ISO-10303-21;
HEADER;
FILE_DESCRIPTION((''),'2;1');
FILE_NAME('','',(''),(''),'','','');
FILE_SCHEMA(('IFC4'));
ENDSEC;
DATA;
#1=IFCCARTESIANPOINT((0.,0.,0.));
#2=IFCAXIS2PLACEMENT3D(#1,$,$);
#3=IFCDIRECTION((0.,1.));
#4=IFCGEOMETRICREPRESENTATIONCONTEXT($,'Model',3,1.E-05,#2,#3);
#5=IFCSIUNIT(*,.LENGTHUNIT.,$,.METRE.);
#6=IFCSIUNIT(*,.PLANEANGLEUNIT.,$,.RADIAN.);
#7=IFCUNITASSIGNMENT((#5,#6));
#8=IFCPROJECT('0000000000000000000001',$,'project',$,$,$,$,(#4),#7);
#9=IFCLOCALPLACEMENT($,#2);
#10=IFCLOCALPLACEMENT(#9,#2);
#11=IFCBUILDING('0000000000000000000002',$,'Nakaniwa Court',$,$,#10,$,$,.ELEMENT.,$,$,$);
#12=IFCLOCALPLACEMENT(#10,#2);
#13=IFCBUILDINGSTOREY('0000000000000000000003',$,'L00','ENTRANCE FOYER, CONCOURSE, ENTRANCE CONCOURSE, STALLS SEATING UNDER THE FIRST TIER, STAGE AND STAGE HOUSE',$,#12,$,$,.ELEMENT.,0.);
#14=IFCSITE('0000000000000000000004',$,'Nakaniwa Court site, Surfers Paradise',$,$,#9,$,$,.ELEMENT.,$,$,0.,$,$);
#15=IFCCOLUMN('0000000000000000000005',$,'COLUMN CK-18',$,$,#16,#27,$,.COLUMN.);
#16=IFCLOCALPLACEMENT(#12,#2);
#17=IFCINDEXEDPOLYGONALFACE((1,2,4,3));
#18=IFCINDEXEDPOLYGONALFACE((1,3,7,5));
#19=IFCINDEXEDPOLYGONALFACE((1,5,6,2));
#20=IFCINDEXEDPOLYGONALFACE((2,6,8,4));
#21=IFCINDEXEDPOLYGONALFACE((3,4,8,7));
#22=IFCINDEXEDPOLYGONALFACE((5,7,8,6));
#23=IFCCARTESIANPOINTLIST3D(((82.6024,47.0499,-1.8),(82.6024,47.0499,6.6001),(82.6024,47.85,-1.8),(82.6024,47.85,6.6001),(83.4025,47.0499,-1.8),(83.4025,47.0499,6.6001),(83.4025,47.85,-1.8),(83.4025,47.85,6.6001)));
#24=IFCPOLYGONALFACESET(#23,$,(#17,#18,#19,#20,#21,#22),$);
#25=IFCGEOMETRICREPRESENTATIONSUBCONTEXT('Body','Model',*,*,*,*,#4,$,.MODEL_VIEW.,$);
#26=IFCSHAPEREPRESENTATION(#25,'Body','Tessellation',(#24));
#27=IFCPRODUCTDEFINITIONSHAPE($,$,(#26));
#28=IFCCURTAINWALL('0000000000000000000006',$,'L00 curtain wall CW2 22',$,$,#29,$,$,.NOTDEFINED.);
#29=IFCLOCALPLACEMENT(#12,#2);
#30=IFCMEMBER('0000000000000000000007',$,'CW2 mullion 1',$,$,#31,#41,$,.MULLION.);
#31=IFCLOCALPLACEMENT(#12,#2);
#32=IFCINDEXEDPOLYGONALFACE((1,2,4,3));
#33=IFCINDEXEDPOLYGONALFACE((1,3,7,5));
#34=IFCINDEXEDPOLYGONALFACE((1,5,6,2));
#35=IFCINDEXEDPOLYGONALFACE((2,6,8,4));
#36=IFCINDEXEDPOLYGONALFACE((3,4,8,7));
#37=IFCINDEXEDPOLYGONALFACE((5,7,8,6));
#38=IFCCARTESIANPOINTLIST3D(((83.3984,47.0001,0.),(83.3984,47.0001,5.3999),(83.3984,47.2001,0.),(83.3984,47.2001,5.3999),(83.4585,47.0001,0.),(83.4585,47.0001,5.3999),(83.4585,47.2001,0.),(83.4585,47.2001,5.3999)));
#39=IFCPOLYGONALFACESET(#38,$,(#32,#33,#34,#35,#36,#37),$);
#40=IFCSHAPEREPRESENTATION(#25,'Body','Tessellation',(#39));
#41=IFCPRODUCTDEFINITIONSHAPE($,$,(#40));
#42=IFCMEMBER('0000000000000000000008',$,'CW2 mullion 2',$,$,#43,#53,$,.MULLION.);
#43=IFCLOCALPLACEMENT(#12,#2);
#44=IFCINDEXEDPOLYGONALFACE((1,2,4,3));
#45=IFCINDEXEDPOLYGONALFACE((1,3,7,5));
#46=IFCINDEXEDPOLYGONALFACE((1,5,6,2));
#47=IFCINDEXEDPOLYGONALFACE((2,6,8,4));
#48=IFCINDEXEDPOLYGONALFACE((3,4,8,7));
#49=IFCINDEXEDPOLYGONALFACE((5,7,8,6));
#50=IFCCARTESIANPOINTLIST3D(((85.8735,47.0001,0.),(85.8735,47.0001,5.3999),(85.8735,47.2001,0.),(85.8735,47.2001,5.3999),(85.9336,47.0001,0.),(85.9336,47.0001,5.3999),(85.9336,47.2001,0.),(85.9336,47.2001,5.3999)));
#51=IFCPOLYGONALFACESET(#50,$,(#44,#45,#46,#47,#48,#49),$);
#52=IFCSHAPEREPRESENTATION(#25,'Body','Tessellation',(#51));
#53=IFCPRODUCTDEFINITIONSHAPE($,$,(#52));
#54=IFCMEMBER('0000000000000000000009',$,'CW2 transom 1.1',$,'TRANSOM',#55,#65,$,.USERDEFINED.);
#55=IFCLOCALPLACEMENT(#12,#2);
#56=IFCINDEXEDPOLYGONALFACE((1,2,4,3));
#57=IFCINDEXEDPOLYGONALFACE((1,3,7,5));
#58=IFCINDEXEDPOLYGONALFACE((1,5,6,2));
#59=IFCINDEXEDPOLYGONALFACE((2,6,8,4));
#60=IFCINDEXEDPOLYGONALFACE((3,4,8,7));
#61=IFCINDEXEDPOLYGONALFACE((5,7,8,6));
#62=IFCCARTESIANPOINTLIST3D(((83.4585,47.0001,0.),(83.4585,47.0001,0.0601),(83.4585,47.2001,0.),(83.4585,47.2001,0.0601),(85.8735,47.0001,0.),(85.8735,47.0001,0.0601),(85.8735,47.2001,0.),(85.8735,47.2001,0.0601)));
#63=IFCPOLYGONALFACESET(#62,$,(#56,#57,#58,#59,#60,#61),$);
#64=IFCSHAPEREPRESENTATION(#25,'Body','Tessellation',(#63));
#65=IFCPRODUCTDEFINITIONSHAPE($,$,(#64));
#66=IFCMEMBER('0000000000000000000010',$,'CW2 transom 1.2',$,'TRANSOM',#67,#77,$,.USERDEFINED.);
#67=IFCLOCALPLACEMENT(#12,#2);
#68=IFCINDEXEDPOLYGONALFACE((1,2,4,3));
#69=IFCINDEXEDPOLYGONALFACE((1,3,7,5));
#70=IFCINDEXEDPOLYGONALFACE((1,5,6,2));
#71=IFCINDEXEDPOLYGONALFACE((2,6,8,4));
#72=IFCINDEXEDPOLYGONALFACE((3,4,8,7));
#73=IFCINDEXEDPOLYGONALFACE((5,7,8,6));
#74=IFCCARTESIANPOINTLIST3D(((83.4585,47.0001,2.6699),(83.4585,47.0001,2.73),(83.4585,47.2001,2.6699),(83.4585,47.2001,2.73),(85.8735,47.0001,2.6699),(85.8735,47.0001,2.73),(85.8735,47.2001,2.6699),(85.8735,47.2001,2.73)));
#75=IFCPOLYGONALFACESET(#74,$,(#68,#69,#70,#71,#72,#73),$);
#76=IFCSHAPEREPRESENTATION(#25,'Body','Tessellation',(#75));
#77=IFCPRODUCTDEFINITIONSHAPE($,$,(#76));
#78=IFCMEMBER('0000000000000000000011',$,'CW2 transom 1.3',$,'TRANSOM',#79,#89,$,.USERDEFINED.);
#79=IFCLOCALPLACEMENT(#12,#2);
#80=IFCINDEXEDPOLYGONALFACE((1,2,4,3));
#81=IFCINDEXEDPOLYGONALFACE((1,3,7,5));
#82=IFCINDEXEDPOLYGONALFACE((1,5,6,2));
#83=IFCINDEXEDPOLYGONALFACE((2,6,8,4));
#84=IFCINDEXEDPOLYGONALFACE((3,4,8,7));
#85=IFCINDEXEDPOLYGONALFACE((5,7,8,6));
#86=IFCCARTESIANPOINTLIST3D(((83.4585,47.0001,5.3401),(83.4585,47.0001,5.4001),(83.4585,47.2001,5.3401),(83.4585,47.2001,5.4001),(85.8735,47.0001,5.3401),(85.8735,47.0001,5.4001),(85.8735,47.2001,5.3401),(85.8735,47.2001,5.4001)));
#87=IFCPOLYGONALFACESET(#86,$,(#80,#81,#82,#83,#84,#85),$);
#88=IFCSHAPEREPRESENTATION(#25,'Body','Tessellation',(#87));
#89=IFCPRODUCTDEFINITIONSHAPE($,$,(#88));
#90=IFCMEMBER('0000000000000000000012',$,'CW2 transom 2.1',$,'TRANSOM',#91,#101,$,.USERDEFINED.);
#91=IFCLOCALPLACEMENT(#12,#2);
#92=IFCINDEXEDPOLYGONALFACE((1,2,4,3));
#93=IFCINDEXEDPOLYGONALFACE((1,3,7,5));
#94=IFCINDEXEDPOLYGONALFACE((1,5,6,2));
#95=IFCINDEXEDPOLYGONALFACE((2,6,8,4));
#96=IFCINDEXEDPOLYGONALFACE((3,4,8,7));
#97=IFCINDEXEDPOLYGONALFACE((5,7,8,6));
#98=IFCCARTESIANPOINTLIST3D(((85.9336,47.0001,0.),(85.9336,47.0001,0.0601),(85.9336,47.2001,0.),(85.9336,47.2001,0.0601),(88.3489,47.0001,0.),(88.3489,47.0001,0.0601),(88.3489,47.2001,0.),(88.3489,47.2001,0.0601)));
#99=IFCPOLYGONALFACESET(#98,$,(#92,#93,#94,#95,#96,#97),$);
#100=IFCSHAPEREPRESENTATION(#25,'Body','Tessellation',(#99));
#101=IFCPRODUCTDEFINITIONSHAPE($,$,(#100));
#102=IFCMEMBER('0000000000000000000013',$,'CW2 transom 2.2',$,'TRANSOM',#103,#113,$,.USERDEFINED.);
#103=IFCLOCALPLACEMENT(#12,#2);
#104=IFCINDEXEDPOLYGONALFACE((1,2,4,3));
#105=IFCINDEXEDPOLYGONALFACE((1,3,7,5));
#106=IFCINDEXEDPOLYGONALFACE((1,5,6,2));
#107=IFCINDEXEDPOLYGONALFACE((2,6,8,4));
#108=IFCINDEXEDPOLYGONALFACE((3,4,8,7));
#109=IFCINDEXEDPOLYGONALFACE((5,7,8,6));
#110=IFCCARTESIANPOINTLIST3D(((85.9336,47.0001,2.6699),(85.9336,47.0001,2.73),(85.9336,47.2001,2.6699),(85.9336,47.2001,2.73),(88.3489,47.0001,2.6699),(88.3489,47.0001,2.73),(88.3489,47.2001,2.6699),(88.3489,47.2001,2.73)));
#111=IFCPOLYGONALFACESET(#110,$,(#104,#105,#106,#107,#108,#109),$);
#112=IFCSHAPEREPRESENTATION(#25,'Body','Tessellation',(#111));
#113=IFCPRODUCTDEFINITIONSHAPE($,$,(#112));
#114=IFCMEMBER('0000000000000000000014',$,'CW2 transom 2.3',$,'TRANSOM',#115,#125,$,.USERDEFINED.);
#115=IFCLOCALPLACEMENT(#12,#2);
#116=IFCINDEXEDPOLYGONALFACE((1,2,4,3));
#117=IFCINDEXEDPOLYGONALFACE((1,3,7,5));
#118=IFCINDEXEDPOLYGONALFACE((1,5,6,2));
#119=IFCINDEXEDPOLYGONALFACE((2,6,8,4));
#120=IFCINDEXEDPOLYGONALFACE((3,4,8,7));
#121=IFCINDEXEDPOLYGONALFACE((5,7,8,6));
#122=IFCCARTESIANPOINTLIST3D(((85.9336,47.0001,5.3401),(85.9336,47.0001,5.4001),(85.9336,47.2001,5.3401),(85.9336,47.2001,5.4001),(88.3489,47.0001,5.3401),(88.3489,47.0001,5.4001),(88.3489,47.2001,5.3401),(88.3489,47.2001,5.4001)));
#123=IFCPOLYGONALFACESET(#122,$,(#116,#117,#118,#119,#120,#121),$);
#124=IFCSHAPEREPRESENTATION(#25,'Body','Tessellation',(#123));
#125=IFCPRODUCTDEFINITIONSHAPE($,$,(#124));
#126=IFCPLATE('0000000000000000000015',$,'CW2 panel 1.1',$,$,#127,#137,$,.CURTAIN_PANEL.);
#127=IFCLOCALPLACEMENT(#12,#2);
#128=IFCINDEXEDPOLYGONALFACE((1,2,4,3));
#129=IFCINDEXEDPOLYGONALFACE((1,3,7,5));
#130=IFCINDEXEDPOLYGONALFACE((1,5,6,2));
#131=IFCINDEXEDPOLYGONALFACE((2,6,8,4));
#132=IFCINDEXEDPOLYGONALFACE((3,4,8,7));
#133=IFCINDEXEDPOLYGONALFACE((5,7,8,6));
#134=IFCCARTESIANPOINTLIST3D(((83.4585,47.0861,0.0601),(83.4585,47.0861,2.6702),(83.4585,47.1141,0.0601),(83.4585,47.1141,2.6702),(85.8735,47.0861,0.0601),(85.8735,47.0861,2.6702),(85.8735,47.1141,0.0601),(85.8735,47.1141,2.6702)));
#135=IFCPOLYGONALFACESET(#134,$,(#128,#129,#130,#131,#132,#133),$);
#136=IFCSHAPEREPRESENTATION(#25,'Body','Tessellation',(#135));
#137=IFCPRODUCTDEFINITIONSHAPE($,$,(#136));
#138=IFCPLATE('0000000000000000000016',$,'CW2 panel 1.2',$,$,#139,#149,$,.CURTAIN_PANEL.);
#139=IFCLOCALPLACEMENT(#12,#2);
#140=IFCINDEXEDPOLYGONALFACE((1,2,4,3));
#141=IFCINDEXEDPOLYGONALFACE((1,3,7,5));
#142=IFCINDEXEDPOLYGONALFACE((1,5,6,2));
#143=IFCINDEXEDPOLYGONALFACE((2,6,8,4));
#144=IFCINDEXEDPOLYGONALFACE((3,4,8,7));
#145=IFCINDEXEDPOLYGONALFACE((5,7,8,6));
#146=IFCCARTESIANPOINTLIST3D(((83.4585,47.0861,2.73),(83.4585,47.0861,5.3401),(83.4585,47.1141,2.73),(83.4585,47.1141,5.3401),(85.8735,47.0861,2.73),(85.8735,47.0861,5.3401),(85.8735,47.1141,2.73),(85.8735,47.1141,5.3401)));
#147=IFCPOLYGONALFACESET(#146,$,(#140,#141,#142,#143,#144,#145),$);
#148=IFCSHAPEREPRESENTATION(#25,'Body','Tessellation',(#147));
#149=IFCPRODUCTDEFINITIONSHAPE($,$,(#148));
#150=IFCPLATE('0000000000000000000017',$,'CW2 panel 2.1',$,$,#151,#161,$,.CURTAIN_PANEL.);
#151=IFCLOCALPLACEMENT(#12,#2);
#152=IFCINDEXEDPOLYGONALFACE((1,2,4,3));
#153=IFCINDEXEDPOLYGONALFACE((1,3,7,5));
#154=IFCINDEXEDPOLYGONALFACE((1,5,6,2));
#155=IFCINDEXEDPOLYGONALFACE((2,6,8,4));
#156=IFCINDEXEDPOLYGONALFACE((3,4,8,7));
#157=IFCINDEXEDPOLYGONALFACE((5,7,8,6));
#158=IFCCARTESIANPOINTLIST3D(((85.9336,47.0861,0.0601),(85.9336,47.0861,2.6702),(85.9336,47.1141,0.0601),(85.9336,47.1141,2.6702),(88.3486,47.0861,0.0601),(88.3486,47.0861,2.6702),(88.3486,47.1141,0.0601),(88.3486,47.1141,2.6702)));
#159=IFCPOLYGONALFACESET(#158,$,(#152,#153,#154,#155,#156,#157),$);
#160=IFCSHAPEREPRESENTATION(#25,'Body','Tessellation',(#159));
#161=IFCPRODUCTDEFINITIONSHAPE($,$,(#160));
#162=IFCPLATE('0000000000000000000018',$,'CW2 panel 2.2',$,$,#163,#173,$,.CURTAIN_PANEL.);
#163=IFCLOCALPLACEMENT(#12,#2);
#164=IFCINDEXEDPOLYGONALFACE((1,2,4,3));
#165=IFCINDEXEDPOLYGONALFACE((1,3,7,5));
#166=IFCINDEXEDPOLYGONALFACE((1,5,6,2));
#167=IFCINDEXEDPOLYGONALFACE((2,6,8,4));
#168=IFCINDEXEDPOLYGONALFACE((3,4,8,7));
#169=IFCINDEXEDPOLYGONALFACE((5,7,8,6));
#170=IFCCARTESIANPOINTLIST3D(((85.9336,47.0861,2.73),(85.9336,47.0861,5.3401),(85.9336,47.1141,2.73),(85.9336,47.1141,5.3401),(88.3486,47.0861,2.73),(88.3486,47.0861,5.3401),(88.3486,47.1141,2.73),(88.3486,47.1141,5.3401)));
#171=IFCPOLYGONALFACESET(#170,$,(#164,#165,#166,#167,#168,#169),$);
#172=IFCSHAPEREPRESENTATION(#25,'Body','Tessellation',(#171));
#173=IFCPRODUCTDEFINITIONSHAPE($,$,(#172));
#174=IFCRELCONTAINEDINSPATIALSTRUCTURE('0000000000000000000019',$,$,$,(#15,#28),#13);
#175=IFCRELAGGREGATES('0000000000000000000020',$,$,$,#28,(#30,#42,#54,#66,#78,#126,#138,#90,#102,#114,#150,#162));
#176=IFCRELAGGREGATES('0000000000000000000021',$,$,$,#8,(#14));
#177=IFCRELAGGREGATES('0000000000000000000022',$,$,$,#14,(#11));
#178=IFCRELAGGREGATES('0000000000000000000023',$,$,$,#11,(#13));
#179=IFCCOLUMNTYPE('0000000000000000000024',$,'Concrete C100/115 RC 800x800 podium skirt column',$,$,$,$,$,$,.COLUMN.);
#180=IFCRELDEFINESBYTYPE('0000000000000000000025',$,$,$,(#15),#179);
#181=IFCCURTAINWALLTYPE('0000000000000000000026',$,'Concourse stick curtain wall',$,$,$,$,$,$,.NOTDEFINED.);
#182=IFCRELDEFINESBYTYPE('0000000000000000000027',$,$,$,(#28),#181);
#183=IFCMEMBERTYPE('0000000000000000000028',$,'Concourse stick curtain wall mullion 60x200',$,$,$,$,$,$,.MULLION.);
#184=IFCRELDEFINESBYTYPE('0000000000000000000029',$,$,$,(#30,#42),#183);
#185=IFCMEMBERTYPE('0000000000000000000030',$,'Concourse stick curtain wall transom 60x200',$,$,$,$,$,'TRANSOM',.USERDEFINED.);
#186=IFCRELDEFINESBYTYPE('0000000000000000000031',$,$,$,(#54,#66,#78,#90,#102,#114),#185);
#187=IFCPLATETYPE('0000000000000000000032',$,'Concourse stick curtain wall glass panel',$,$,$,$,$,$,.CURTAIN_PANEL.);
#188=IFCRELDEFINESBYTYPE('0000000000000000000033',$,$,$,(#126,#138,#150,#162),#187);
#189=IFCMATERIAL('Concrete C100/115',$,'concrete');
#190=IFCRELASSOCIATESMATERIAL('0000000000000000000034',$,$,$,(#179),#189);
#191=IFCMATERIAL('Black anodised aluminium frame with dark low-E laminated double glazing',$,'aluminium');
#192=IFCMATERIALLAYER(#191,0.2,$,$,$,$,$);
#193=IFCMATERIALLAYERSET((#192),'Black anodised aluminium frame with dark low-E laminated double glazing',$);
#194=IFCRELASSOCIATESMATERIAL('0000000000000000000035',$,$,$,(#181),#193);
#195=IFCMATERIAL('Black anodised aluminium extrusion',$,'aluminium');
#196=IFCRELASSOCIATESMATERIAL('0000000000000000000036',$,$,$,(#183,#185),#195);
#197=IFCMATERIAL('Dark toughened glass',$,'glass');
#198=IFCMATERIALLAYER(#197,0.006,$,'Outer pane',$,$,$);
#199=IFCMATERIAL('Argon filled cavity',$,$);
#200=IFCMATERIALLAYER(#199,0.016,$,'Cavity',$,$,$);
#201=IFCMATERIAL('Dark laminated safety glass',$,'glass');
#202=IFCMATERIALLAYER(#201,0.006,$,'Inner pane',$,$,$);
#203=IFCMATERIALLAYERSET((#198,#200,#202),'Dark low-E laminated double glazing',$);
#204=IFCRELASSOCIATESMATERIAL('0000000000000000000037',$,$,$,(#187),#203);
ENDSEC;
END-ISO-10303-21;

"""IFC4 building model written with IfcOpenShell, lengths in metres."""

from ifc_helpers import new_model, si_unit, direction, frame, origin, origin_2d, place, context, subcontext, project, spatial, rectangle, extrude, material, layer, layer_set, material_profile, profile_set, type_object, element, aggregate, save


model = new_model("IFC4")

# Units and contexts
model_context = context("Model", 3, precision=1e-05, world=origin(), true_north=direction((0.0, 1.0)))
body_context = subcontext(model_context, "Body", "Model", "MODEL_VIEW")
ifc_project = project(units=[si_unit("LENGTHUNIT", "METRE"), si_unit("PLANEANGLEUNIT", "RADIAN")], contexts=[model_context])

# Site, building, storey
site_placement = place(None, origin())
site = spatial("IfcSite", under=ifc_project, at=site_placement, Name="Nakaniwa Court site, Surfers Paradise", CompositionType="ELEMENT", RefElevation=0.0)
building_placement = place(site_placement, origin())
building = spatial("IfcBuilding", under=site, at=building_placement, Name="Nakaniwa Court", CompositionType="ELEMENT")
storey_placement = place(building_placement, origin())
storey = spatial("IfcBuildingStorey", under=building, at=storey_placement, Name="L00", Description="ENTRANCE FOYER, CONCOURSE, ENTRANCE CONCOURSE, STALLS SEATING UNDER THE FIRST TIER, STAGE AND STAGE HOUSE", CompositionType="ELEMENT", Elevation=0.0)

# Column
ifc_material_1 = material(Name="Concrete C100/115", Category="concrete")
ifc_material_profile_1 = material_profile(ifc_material_1, rectangle(XDim=0.8, YDim=0.8, at=origin_2d()), Name="Concrete C100/115 RC 800x800 podium skirt column")
ifc_profile_set_1 = profile_set([ifc_material_profile_1], Name="Concrete C100/115")
column_type = type_object("IfcColumnType", Name="Concrete C100/115 RC 800x800 podium skirt column", PredefinedType="COLUMN", material=ifc_profile_set_1)
column_placement = place(storey_placement, frame((83.0024, 47.45, -1.8), z_axis=(0.0, 0.0, 1.0), x_axis=(1.0, 0.0, 0.0)))
element("IfcColumn", 1, at=column_placement, inside=storey, type_object=column_type, Name="COLUMN CK-18", PredefinedType="COLUMN", context=body_context, shape_type="SweptSolid", body=[
    extrude(rectangle(XDim=0.8, YDim=0.8, at=origin_2d()), origin(), (0.0, 0.0, 1.0), 8.4001),
])

# Curtain wall, members, plates
ifc_material_2 = material(Name="Black anodised aluminium frame with dark low-E laminated double glazing", Category="aluminium")
ifc_layer_1 = layer(ifc_material_2, 0.2)
ifc_layer_set_1 = layer_set([ifc_layer_1], Name="Black anodised aluminium frame with dark low-E laminated double glazing")
curtain_wall_type = type_object("IfcCurtainWallType", Name="Concourse stick curtain wall", PredefinedType="NOTDEFINED", material=ifc_layer_set_1)
curtain_wall_placement = place(storey_placement, origin())
curtain_wall = element("IfcCurtainWall", 2, at=curtain_wall_placement, inside=storey, type_object=curtain_wall_type, Name="L00 curtain wall CW2 22", PredefinedType="NOTDEFINED")
ifc_material_3 = material(Name="Black anodised aluminium extrusion", Category="aluminium")
ifc_material_profile_2 = material_profile(ifc_material_3, rectangle(XDim=0.2, YDim=0.0601, at=origin_2d()), Name="Concourse stick curtain wall mullion 60x200")
ifc_profile_set_2 = profile_set([ifc_material_profile_2], Name="Black anodised aluminium extrusion")
member_type_1 = type_object("IfcMemberType", Name="Concourse stick curtain wall mullion 60x200", PredefinedType="MULLION", material=ifc_profile_set_2)
member_1_placement = place(storey_placement, frame((83.4285, 47.1001, 0.0), z_axis=(0.0, 0.0, 1.0), x_axis=(0.0, 1.0, 0.0)))
member_1 = element("IfcMember", 3, at=member_1_placement, type_object=member_type_1, Name="CW2 mullion 1", PredefinedType="MULLION", context=body_context, shape_type="SweptSolid", body=[
    extrude(rectangle(XDim=0.2, YDim=0.0601, at=origin_2d()), origin(), (0.0, 0.0, 1.0), 5.3999),
])
member_2_placement = place(storey_placement, frame((85.9036, 47.1001, 0.0), z_axis=(0.0, 0.0, 1.0), x_axis=(0.0, 1.0, 0.0)))
member_2 = element("IfcMember", 4, at=member_2_placement, type_object=member_type_1, Name="CW2 mullion 2", PredefinedType="MULLION", context=body_context, shape_type="SweptSolid", body=[
    extrude(rectangle(XDim=0.2, YDim=0.0601, at=origin_2d()), origin(), (0.0, 0.0, 1.0), 5.3999),
])
ifc_material_profile_3 = material_profile(ifc_material_3, rectangle(XDim=0.2, YDim=0.0601, at=origin_2d()), Name="Concourse stick curtain wall transom 60x200")
ifc_profile_set_3 = profile_set([ifc_material_profile_3], Name="Black anodised aluminium extrusion")
member_type_2 = type_object("IfcMemberType", Name="Concourse stick curtain wall transom 60x200", ElementType="TRANSOM", PredefinedType="USERDEFINED", material=ifc_profile_set_3)
member_3_placement = place(storey_placement, frame((83.4585, 47.1001, 0.03), z_axis=(1.0, 0.0, 0.0), x_axis=(0.0, 1.0, 0.0)))
member_3 = element("IfcMember", 5, at=member_3_placement, type_object=member_type_2, Name="CW2 transom 1.1", ObjectType="TRANSOM", PredefinedType="USERDEFINED", context=body_context, shape_type="SweptSolid", body=[
    extrude(rectangle(XDim=0.2, YDim=0.0601, at=origin_2d()), origin(), (0.0, 0.0, 1.0), 2.415),
])
member_4_placement = place(storey_placement, frame((83.4585, 47.1001, 2.7), z_axis=(1.0, 0.0, 0.0), x_axis=(0.0, 1.0, 0.0)))
member_4 = element("IfcMember", 6, at=member_4_placement, type_object=member_type_2, Name="CW2 transom 1.2", ObjectType="TRANSOM", PredefinedType="USERDEFINED", context=body_context, shape_type="SweptSolid", body=[
    extrude(rectangle(XDim=0.2, YDim=0.0601, at=origin_2d()), origin(), (0.0, 0.0, 1.0), 2.415),
])
member_5_placement = place(storey_placement, frame((83.4585, 47.1001, 5.3701), z_axis=(1.0, 0.0, 0.0), x_axis=(0.0, 1.0, 0.0)))
member_5 = element("IfcMember", 7, at=member_5_placement, type_object=member_type_2, Name="CW2 transom 1.3", ObjectType="TRANSOM", PredefinedType="USERDEFINED", context=body_context, shape_type="SweptSolid", body=[
    extrude(rectangle(XDim=0.2, YDim=0.0601, at=origin_2d()), origin(), (0.0, 0.0, 1.0), 2.415),
])
member_6_placement = place(storey_placement, frame((85.9336, 47.1001, 0.03), z_axis=(1.0, 0.0, 0.0), x_axis=(0.0, 1.0, 0.0)))
member_6 = element("IfcMember", 8, at=member_6_placement, type_object=member_type_2, Name="CW2 transom 2.1", ObjectType="TRANSOM", PredefinedType="USERDEFINED", context=body_context, shape_type="SweptSolid", body=[
    extrude(rectangle(XDim=0.2, YDim=0.0601, at=origin_2d()), origin(), (0.0, 0.0, 1.0), 2.4153),
])
member_7_placement = place(storey_placement, frame((85.9336, 47.1001, 2.7), z_axis=(1.0, 0.0, 0.0), x_axis=(0.0, 1.0, 0.0)))
member_7 = element("IfcMember", 9, at=member_7_placement, type_object=member_type_2, Name="CW2 transom 2.2", ObjectType="TRANSOM", PredefinedType="USERDEFINED", context=body_context, shape_type="SweptSolid", body=[
    extrude(rectangle(XDim=0.2, YDim=0.0601, at=origin_2d()), origin(), (0.0, 0.0, 1.0), 2.4153),
])
member_8_placement = place(storey_placement, frame((85.9336, 47.1001, 5.3701), z_axis=(1.0, 0.0, 0.0), x_axis=(0.0, 1.0, 0.0)))
member_8 = element("IfcMember", 10, at=member_8_placement, type_object=member_type_2, Name="CW2 transom 2.3", ObjectType="TRANSOM", PredefinedType="USERDEFINED", context=body_context, shape_type="SweptSolid", body=[
    extrude(rectangle(XDim=0.2, YDim=0.0601, at=origin_2d()), origin(), (0.0, 0.0, 1.0), 2.4153),
])
ifc_material_4 = material(Name="Dark toughened glass", Category="glass")
ifc_layer_2 = layer(ifc_material_4, 0.006, Name="Outer pane")
ifc_material_5 = material(Name="Argon filled cavity")
ifc_layer_3 = layer(ifc_material_5, 0.016, Name="Cavity")
ifc_material_6 = material(Name="Dark laminated safety glass", Category="glass")
ifc_layer_4 = layer(ifc_material_6, 0.006, Name="Inner pane")
ifc_layer_set_2 = layer_set([ifc_layer_2, ifc_layer_3, ifc_layer_4], Name="Dark low-E laminated double glazing")
plate_type = type_object("IfcPlateType", Name="Concourse stick curtain wall glass panel", PredefinedType="CURTAIN_PANEL", material=ifc_layer_set_2)
plate_1_placement = place(storey_placement, frame((84.666, 47.1001, 0.0601), z_axis=(0.0, 0.0, 1.0), x_axis=(1.0, 0.0, 0.0)))
plate_1 = element("IfcPlate", 11, at=plate_1_placement, type_object=plate_type, Name="CW2 panel 1.1", PredefinedType="CURTAIN_PANEL", context=body_context, shape_type="SweptSolid", body=[
    extrude(rectangle(XDim=2.415, YDim=0.0281, at=origin_2d()), origin(), (0.0, 0.0, 1.0), 2.6101),
])
plate_2_placement = place(storey_placement, frame((84.666, 47.1001, 2.73), z_axis=(0.0, 0.0, 1.0), x_axis=(1.0, 0.0, 0.0)))
plate_2 = element("IfcPlate", 12, at=plate_2_placement, type_object=plate_type, Name="CW2 panel 1.2", PredefinedType="CURTAIN_PANEL", context=body_context, shape_type="SweptSolid", body=[
    extrude(rectangle(XDim=2.415, YDim=0.0281, at=origin_2d()), origin(), (0.0, 0.0, 1.0), 2.6101),
])
plate_3_placement = place(storey_placement, frame((87.1411, 47.1001, 0.0601), z_axis=(0.0, 0.0, 1.0), x_axis=(1.0, 0.0, 0.0)))
plate_3 = element("IfcPlate", 13, at=plate_3_placement, type_object=plate_type, Name="CW2 panel 2.1", PredefinedType="CURTAIN_PANEL", context=body_context, shape_type="SweptSolid", body=[
    extrude(rectangle(XDim=2.415, YDim=0.0281, at=origin_2d()), origin(), (0.0, 0.0, 1.0), 2.6101),
])
plate_4_placement = place(storey_placement, frame((87.1411, 47.1001, 2.73), z_axis=(0.0, 0.0, 1.0), x_axis=(1.0, 0.0, 0.0)))
plate_4 = element("IfcPlate", 14, at=plate_4_placement, type_object=plate_type, Name="CW2 panel 2.2", PredefinedType="CURTAIN_PANEL", context=body_context, shape_type="SweptSolid", body=[
    extrude(rectangle(XDim=2.415, YDim=0.0281, at=origin_2d()), origin(), (0.0, 0.0, 1.0), 2.6101),
])
aggregate(curtain_wall, [member_1, member_2, member_3, member_4, member_5, plate_1, plate_2, member_6, member_7, member_8, plate_3, plate_4])

save(model, "model.ifc")
